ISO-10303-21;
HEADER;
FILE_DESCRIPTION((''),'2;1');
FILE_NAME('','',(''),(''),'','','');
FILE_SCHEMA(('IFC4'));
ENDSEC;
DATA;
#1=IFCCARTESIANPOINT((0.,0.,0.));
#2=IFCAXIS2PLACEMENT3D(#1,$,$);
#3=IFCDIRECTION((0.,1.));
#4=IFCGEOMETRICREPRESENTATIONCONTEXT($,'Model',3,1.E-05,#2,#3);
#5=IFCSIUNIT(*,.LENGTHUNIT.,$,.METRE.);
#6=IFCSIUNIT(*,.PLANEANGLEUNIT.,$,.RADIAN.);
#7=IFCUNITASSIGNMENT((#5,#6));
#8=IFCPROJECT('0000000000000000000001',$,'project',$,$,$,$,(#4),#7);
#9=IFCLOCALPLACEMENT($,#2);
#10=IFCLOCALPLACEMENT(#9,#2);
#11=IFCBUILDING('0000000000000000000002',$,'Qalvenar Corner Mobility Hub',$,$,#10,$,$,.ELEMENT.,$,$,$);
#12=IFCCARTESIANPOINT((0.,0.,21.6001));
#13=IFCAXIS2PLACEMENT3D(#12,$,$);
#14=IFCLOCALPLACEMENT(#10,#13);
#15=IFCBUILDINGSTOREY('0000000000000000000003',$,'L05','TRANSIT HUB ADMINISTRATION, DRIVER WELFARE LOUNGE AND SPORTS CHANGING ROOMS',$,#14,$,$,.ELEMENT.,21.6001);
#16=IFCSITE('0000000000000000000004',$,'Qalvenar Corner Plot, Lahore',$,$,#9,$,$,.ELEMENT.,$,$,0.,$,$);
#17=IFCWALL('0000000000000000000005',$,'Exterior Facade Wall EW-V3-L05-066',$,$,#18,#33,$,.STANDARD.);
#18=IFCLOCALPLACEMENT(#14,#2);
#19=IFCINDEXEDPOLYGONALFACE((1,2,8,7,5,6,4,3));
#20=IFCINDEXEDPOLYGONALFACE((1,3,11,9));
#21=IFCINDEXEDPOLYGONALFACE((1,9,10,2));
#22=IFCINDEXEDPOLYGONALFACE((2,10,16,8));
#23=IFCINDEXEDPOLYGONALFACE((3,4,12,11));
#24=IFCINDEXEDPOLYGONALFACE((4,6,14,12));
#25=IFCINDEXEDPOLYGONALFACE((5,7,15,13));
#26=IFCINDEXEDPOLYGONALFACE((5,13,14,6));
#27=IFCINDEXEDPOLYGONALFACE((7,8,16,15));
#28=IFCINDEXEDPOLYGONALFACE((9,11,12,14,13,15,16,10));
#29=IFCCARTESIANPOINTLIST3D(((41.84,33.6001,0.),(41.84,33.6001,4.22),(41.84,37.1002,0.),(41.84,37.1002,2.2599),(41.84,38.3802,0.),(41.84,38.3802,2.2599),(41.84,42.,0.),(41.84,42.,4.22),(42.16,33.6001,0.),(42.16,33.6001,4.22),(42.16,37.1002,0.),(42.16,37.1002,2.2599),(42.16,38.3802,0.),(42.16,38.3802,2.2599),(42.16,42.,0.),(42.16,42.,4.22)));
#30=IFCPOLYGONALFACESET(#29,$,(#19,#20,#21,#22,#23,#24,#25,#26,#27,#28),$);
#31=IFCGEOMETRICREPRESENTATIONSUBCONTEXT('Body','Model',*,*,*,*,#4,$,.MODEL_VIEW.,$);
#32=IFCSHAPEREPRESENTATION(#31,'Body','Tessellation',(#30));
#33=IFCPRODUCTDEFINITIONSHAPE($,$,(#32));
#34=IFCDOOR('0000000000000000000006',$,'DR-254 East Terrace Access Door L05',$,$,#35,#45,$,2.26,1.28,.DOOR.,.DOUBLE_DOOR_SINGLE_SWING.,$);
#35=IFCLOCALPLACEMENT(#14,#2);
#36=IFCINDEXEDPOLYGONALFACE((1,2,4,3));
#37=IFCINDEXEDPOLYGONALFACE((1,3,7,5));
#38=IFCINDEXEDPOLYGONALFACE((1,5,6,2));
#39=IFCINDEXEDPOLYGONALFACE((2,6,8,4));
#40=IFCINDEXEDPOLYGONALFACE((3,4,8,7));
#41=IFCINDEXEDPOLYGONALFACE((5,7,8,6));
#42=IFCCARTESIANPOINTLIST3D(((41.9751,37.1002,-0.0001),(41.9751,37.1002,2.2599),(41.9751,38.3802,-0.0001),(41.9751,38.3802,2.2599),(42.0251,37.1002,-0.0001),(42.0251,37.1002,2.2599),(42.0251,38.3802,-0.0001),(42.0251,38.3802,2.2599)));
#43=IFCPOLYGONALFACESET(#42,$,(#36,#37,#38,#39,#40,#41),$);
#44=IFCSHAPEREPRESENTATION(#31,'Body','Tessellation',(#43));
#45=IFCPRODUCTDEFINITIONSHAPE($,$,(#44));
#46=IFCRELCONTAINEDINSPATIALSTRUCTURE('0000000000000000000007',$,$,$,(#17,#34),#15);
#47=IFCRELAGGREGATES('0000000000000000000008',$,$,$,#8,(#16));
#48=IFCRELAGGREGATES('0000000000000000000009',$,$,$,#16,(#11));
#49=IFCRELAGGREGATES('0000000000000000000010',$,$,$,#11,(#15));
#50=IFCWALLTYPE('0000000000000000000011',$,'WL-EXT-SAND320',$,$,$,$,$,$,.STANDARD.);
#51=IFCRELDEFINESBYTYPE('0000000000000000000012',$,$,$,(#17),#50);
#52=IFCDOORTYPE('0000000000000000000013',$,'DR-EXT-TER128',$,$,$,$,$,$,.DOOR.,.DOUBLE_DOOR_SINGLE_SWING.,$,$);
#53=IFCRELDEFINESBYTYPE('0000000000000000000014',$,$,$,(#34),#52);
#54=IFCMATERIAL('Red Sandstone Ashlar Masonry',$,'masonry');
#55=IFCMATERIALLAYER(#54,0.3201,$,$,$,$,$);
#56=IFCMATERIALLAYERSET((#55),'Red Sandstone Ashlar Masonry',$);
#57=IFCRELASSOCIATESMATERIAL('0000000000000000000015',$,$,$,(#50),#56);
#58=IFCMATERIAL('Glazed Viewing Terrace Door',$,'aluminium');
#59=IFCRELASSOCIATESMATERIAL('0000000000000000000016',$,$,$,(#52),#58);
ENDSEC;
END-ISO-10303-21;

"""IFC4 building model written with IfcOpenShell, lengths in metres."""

from ifc_helpers import new_model, si_unit, direction, frame, frame_2d, origin, place, context, subcontext, project, spatial, rectangle, extrude, material, layer, layer_set, type_object, element, fill, save


model = new_model("IFC4")

# Units and contexts
model_context = context("Model", 3, precision=1e-05, world=origin(), true_north=direction((0.0, 1.0)))
body_context = subcontext(model_context, "Body", "Model", "MODEL_VIEW")
ifc_project = project(units=[si_unit("LENGTHUNIT", "METRE"), si_unit("PLANEANGLEUNIT", "RADIAN")], contexts=[model_context])

# Site, building, storey
site_placement = place(None, origin())
site = spatial("IfcSite", under=ifc_project, at=site_placement, Name="Qalvenar Corner Plot, Lahore", CompositionType="ELEMENT", RefElevation=0.0)
building_placement = place(site_placement, origin())
building = spatial("IfcBuilding", under=site, at=building_placement, Name="Qalvenar Corner Mobility Hub", CompositionType="ELEMENT")
storey_placement = place(building_placement, frame((0.0, 0.0, 21.6001)))
storey = spatial("IfcBuildingStorey", under=building, at=storey_placement, Name="L05", Description="TRANSIT HUB ADMINISTRATION, DRIVER WELFARE LOUNGE AND SPORTS CHANGING ROOMS", CompositionType="ELEMENT", Elevation=21.6001)

# Wall, opening, door
ifc_material_1 = material(Name="Red Sandstone Ashlar Masonry", Category="masonry")
ifc_layer_1 = layer(ifc_material_1, 0.3201)
ifc_layer_set_1 = layer_set([ifc_layer_1], Name="Red Sandstone Ashlar Masonry")
wall_type = type_object("IfcWallType", Name="WL-EXT-SAND320", PredefinedType="STANDARD", material=ifc_layer_set_1)
wall_placement = place(storey_placement, frame((42.0, 33.6001, 0.0), z_axis=(0.0, 0.0, 1.0), x_axis=(0.0, 1.0, 0.0)))
wall = element("IfcWall", 1, at=wall_placement, inside=storey, type_object=wall_type, Name="Exterior Facade Wall EW-V3-L05-066", PredefinedType="STANDARD", context=body_context, shape_type="SweptSolid", body=[
    extrude(rectangle(XDim=8.3999, YDim=0.3201, at=frame_2d((4.2, 0.0))), origin(), (0.0, 0.0, 1.0), 4.22),
])
opening_placement = place(wall_placement, frame((3.5, 0.0, 0.0)))
opening = element("IfcOpeningElement", 2, at=opening_placement, cuts=wall, PredefinedType="OPENING", context=body_context, shape_type="SweptSolid", body=[
    extrude(rectangle(XDim=1.28, YDim=2.26, at=frame_2d((0.6401, 1.1299))), frame((0.0, 0.1699, 0.0), z_axis=(0.0, -1.0, 0.0), x_axis=(1.0, 0.0, 0.0)), (0.0, 0.0, 1.0), 0.3401),
])
ifc_material_2 = material(Name="Glazed Viewing Terrace Door", Category="aluminium")
door_type = type_object("IfcDoorType", Name="DR-EXT-TER128", OperationType="DOUBLE_DOOR_SINGLE_SWING", PredefinedType="DOOR", material=ifc_material_2)
door_placement = place(opening_placement, origin())
door = element("IfcDoor", 3, at=door_placement, inside=storey, type_object=door_type, Name="DR-254 East Terrace Access Door L05", OperationType="DOUBLE_DOOR_SINGLE_SWING", OverallHeight=2.26, OverallWidth=1.28, PredefinedType="DOOR", context=body_context, shape_type="SweptSolid", body=[
    extrude(rectangle(XDim=1.28, YDim=2.26, at=frame_2d((0.6401, 1.1299))), frame((0.0, 0.0249, 0.0), z_axis=(0.0, -1.0, 0.0), x_axis=(1.0, 0.0, 0.0)), (0.0, 0.0, 1.0), 0.05),
])
fill(opening, door)

save(model, "model.ifc")
